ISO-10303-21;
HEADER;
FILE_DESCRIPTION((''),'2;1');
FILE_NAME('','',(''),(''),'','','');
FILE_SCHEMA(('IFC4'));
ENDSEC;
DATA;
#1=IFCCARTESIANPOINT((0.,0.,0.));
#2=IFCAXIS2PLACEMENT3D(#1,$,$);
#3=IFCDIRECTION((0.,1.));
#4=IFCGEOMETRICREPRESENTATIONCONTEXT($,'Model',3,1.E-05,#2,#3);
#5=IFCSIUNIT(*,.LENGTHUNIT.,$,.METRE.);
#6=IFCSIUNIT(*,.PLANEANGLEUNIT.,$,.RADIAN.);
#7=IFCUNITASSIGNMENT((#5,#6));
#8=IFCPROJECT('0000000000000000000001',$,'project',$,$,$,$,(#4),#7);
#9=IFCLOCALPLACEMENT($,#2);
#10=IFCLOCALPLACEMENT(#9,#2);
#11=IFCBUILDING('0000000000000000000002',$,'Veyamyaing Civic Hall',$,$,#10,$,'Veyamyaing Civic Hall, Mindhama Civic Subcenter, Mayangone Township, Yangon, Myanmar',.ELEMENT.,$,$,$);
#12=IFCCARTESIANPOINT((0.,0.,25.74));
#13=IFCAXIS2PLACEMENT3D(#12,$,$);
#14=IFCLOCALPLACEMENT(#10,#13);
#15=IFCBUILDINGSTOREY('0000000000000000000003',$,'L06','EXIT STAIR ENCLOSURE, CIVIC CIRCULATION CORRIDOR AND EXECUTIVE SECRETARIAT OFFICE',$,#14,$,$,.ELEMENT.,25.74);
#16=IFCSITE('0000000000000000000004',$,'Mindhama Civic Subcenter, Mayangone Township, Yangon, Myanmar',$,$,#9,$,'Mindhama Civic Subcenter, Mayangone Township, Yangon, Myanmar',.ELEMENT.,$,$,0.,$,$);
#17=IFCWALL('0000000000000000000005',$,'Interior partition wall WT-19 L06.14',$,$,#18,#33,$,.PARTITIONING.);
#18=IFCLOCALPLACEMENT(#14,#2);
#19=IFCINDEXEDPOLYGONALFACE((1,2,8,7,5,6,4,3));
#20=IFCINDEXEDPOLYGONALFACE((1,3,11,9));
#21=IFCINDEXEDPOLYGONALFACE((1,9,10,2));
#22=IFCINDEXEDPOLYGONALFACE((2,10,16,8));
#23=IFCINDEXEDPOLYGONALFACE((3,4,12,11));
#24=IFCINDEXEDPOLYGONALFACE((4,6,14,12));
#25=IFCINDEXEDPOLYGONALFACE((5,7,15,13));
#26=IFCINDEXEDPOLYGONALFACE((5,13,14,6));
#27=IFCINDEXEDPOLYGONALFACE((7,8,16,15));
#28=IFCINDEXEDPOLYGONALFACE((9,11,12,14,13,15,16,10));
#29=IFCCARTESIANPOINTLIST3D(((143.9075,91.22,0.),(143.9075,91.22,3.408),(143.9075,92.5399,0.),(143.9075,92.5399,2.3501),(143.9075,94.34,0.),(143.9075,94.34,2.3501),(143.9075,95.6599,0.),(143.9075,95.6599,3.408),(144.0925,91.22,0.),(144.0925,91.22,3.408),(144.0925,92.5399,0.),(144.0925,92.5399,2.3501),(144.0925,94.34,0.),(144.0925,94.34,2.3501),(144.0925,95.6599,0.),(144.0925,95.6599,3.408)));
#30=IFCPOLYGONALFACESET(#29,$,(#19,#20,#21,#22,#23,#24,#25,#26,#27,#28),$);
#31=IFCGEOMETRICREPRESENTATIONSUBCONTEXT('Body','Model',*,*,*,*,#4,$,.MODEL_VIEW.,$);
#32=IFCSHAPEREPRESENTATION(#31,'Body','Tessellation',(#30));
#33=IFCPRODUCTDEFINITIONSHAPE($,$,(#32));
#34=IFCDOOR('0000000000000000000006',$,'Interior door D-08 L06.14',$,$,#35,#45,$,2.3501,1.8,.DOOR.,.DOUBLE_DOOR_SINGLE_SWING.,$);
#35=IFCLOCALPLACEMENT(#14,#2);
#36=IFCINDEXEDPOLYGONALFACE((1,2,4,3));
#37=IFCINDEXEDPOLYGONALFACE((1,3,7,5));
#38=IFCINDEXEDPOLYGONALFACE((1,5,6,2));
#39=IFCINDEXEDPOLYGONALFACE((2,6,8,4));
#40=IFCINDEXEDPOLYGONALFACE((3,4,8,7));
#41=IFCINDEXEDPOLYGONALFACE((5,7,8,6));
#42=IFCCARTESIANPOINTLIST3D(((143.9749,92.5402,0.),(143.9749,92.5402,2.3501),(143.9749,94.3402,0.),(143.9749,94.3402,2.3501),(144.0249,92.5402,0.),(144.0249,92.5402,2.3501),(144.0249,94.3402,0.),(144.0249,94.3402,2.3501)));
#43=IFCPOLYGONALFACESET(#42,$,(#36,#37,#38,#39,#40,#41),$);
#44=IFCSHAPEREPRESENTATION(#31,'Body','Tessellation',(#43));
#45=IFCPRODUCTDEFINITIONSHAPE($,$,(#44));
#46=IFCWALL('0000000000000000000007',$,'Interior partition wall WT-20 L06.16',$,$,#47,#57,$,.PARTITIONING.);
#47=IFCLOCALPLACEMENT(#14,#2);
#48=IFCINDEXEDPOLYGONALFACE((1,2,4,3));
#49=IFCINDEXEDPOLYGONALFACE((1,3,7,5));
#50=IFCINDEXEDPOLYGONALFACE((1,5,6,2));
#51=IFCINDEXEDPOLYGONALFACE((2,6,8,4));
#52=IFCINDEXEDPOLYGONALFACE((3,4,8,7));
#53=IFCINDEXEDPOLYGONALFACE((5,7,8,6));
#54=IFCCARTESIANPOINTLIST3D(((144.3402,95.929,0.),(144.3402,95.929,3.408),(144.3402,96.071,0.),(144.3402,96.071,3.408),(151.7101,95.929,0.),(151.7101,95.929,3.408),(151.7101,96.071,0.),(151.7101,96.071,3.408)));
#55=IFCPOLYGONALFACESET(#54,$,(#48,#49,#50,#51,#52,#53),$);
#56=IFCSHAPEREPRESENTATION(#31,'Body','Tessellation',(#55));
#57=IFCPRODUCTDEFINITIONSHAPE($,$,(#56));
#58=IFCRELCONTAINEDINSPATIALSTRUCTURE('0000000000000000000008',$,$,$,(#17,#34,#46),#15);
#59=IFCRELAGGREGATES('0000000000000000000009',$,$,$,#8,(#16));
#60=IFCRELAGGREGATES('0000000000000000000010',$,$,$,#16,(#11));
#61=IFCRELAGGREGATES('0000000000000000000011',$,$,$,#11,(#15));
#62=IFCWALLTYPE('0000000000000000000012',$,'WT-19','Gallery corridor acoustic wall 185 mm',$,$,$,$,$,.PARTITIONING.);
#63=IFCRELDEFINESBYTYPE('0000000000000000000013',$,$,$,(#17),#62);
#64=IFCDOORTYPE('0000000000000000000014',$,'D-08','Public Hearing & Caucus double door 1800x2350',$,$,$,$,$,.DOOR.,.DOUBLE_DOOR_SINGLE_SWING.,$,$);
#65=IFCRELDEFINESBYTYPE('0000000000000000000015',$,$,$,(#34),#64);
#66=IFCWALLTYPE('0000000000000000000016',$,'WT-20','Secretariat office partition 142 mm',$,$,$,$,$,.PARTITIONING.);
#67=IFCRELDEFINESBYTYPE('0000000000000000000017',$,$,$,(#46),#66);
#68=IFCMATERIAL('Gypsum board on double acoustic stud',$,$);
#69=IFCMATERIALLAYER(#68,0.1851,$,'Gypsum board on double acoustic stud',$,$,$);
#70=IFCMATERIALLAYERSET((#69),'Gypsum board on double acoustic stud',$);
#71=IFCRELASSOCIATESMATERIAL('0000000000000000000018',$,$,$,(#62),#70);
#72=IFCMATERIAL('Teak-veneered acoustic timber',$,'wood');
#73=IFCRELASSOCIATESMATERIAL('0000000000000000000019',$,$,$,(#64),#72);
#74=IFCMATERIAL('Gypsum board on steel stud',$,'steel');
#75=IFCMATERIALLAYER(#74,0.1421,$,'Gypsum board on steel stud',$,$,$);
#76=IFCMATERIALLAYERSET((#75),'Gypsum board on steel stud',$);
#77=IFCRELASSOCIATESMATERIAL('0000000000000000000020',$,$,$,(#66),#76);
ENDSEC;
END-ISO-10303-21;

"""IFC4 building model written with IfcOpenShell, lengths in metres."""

from ifc_helpers import new_model, si_unit, direction, frame, frame_2d, origin, place, context, subcontext, project, spatial, rectangle, extrude, material, layer, layer_set, type_object, element, fill, save


model = new_model("IFC4")

# Units and contexts
model_context = context("Model", 3, precision=1e-05, world=origin(), true_north=direction((0.0, 1.0)))
body_context = subcontext(model_context, "Body", "Model", "MODEL_VIEW")
ifc_project = project(units=[si_unit("LENGTHUNIT", "METRE"), si_unit("PLANEANGLEUNIT", "RADIAN")], contexts=[model_context])

# Site, building, storey
site_placement = place(None, origin())
site = spatial("IfcSite", under=ifc_project, at=site_placement, Name="Mindhama Civic Subcenter, Mayangone Township, Yangon, Myanmar", LongName="Mindhama Civic Subcenter, Mayangone Township, Yangon, Myanmar", CompositionType="ELEMENT", RefElevation=0.0)
building_placement = place(site_placement, origin())
building = spatial("IfcBuilding", under=site, at=building_placement, Name="Veyamyaing Civic Hall", LongName="Veyamyaing Civic Hall, Mindhama Civic Subcenter, Mayangone Township, Yangon, Myanmar", CompositionType="ELEMENT")
storey_placement = place(building_placement, frame((0.0, 0.0, 25.74)))
storey = spatial("IfcBuildingStorey", under=building, at=storey_placement, Name="L06", Description="EXIT STAIR ENCLOSURE, CIVIC CIRCULATION CORRIDOR AND EXECUTIVE SECRETARIAT OFFICE", CompositionType="ELEMENT", Elevation=25.74)

# Shared definitions
ifc_material_1 = material(Name="Gypsum board on steel stud", Category="steel")

# Wall, opening, door
ifc_material_2 = material(Name="Gypsum board on double acoustic stud")
ifc_layer_1 = layer(ifc_material_2, 0.1851, Name="Gypsum board on double acoustic stud")
ifc_layer_set_1 = layer_set([ifc_layer_1], Name="Gypsum board on double acoustic stud")
wall_type_1 = type_object("IfcWallType", Name="WT-19", Description="Gallery corridor acoustic wall 185 mm", PredefinedType="PARTITIONING", material=ifc_layer_set_1)
wall_1_placement = place(storey_placement, frame((144.0, 91.22, 0.0), z_axis=(0.0, 0.0, 1.0), x_axis=(0.0, 1.0, 0.0)))
wall_1 = element("IfcWall", 1, at=wall_1_placement, inside=storey, type_object=wall_type_1, Name="Interior partition wall WT-19 L06.14", PredefinedType="PARTITIONING", context=body_context, shape_type="SweptSolid", body=[
    extrude(rectangle(XDim=4.4399, YDim=0.1851, at=frame_2d((2.22, 0.0))), origin(), (0.0, 0.0, 1.0), 3.408),
])
opening_1_placement = place(wall_1_placement, frame((1.3201, 0.0, 0.0)))
opening_1 = element("IfcOpeningElement", 2, at=opening_1_placement, cuts=wall_1, PredefinedType="OPENING", context=body_context, shape_type="SweptSolid", body=[
    extrude(rectangle(XDim=1.8, YDim=2.3501, at=frame_2d((0.8999, 1.175))), frame((0.0, 0.1025, 0.0), z_axis=(0.0, -1.0, 0.0), x_axis=(1.0, 0.0, 0.0)), (0.0, 0.0, 1.0), 0.2051),
])
ifc_material_3 = material(Name="Teak-veneered acoustic timber", Category="wood")
door_type_1 = type_object("IfcDoorType", Name="D-08", Description="Public Hearing & Caucus double door 1800x2350", OperationType="DOUBLE_DOOR_SINGLE_SWING", PredefinedType="DOOR", material=ifc_material_3)
door_1_placement = place(opening_1_placement, frame((1.8, 0.0, 0.0), z_axis=(0.0, 0.0, 1.0), x_axis=(-1.0, 0.0, 0.0)))
door_1 = element("IfcDoor", 3, at=door_1_placement, inside=storey, type_object=door_type_1, Name="Interior door D-08 L06.14", OperationType="DOUBLE_DOOR_SINGLE_SWING", OverallHeight=2.3501, OverallWidth=1.8, PredefinedType="DOOR", context=body_context, shape_type="SweptSolid", body=[
    extrude(rectangle(XDim=1.8, YDim=2.3501, at=frame_2d((0.8999, 1.175))), frame((0.0, 0.0249, 0.0), z_axis=(0.0, -1.0, 0.0), x_axis=(1.0, 0.0, 0.0)), (0.0, 0.0, 1.0), 0.05),
])
fill(opening_1, door_1)

# Wall
ifc_layer_2 = layer(ifc_material_1, 0.1421, Name="Gypsum board on steel stud")
ifc_layer_set_2 = layer_set([ifc_layer_2], Name="Gypsum board on steel stud")
wall_type_2 = type_object("IfcWallType", Name="WT-20", Description="Secretariat office partition 142 mm", PredefinedType="PARTITIONING", material=ifc_layer_set_2)
wall_2_placement = place(storey_placement, frame((144.3401, 96.0, 0.0), z_axis=(0.0, 0.0, 1.0), x_axis=(1.0, 0.0, 0.0)))
element("IfcWall", 4, at=wall_2_placement, inside=storey, type_object=wall_type_2, Name="Interior partition wall WT-20 L06.16", PredefinedType="PARTITIONING", context=body_context, shape_type="SweptSolid", body=[
    extrude(rectangle(XDim=7.3699, YDim=0.1421, at=frame_2d((3.6851, 0.0))), origin(), (0.0, 0.0, 1.0), 3.408),
])

save(model, "model.ifc")
